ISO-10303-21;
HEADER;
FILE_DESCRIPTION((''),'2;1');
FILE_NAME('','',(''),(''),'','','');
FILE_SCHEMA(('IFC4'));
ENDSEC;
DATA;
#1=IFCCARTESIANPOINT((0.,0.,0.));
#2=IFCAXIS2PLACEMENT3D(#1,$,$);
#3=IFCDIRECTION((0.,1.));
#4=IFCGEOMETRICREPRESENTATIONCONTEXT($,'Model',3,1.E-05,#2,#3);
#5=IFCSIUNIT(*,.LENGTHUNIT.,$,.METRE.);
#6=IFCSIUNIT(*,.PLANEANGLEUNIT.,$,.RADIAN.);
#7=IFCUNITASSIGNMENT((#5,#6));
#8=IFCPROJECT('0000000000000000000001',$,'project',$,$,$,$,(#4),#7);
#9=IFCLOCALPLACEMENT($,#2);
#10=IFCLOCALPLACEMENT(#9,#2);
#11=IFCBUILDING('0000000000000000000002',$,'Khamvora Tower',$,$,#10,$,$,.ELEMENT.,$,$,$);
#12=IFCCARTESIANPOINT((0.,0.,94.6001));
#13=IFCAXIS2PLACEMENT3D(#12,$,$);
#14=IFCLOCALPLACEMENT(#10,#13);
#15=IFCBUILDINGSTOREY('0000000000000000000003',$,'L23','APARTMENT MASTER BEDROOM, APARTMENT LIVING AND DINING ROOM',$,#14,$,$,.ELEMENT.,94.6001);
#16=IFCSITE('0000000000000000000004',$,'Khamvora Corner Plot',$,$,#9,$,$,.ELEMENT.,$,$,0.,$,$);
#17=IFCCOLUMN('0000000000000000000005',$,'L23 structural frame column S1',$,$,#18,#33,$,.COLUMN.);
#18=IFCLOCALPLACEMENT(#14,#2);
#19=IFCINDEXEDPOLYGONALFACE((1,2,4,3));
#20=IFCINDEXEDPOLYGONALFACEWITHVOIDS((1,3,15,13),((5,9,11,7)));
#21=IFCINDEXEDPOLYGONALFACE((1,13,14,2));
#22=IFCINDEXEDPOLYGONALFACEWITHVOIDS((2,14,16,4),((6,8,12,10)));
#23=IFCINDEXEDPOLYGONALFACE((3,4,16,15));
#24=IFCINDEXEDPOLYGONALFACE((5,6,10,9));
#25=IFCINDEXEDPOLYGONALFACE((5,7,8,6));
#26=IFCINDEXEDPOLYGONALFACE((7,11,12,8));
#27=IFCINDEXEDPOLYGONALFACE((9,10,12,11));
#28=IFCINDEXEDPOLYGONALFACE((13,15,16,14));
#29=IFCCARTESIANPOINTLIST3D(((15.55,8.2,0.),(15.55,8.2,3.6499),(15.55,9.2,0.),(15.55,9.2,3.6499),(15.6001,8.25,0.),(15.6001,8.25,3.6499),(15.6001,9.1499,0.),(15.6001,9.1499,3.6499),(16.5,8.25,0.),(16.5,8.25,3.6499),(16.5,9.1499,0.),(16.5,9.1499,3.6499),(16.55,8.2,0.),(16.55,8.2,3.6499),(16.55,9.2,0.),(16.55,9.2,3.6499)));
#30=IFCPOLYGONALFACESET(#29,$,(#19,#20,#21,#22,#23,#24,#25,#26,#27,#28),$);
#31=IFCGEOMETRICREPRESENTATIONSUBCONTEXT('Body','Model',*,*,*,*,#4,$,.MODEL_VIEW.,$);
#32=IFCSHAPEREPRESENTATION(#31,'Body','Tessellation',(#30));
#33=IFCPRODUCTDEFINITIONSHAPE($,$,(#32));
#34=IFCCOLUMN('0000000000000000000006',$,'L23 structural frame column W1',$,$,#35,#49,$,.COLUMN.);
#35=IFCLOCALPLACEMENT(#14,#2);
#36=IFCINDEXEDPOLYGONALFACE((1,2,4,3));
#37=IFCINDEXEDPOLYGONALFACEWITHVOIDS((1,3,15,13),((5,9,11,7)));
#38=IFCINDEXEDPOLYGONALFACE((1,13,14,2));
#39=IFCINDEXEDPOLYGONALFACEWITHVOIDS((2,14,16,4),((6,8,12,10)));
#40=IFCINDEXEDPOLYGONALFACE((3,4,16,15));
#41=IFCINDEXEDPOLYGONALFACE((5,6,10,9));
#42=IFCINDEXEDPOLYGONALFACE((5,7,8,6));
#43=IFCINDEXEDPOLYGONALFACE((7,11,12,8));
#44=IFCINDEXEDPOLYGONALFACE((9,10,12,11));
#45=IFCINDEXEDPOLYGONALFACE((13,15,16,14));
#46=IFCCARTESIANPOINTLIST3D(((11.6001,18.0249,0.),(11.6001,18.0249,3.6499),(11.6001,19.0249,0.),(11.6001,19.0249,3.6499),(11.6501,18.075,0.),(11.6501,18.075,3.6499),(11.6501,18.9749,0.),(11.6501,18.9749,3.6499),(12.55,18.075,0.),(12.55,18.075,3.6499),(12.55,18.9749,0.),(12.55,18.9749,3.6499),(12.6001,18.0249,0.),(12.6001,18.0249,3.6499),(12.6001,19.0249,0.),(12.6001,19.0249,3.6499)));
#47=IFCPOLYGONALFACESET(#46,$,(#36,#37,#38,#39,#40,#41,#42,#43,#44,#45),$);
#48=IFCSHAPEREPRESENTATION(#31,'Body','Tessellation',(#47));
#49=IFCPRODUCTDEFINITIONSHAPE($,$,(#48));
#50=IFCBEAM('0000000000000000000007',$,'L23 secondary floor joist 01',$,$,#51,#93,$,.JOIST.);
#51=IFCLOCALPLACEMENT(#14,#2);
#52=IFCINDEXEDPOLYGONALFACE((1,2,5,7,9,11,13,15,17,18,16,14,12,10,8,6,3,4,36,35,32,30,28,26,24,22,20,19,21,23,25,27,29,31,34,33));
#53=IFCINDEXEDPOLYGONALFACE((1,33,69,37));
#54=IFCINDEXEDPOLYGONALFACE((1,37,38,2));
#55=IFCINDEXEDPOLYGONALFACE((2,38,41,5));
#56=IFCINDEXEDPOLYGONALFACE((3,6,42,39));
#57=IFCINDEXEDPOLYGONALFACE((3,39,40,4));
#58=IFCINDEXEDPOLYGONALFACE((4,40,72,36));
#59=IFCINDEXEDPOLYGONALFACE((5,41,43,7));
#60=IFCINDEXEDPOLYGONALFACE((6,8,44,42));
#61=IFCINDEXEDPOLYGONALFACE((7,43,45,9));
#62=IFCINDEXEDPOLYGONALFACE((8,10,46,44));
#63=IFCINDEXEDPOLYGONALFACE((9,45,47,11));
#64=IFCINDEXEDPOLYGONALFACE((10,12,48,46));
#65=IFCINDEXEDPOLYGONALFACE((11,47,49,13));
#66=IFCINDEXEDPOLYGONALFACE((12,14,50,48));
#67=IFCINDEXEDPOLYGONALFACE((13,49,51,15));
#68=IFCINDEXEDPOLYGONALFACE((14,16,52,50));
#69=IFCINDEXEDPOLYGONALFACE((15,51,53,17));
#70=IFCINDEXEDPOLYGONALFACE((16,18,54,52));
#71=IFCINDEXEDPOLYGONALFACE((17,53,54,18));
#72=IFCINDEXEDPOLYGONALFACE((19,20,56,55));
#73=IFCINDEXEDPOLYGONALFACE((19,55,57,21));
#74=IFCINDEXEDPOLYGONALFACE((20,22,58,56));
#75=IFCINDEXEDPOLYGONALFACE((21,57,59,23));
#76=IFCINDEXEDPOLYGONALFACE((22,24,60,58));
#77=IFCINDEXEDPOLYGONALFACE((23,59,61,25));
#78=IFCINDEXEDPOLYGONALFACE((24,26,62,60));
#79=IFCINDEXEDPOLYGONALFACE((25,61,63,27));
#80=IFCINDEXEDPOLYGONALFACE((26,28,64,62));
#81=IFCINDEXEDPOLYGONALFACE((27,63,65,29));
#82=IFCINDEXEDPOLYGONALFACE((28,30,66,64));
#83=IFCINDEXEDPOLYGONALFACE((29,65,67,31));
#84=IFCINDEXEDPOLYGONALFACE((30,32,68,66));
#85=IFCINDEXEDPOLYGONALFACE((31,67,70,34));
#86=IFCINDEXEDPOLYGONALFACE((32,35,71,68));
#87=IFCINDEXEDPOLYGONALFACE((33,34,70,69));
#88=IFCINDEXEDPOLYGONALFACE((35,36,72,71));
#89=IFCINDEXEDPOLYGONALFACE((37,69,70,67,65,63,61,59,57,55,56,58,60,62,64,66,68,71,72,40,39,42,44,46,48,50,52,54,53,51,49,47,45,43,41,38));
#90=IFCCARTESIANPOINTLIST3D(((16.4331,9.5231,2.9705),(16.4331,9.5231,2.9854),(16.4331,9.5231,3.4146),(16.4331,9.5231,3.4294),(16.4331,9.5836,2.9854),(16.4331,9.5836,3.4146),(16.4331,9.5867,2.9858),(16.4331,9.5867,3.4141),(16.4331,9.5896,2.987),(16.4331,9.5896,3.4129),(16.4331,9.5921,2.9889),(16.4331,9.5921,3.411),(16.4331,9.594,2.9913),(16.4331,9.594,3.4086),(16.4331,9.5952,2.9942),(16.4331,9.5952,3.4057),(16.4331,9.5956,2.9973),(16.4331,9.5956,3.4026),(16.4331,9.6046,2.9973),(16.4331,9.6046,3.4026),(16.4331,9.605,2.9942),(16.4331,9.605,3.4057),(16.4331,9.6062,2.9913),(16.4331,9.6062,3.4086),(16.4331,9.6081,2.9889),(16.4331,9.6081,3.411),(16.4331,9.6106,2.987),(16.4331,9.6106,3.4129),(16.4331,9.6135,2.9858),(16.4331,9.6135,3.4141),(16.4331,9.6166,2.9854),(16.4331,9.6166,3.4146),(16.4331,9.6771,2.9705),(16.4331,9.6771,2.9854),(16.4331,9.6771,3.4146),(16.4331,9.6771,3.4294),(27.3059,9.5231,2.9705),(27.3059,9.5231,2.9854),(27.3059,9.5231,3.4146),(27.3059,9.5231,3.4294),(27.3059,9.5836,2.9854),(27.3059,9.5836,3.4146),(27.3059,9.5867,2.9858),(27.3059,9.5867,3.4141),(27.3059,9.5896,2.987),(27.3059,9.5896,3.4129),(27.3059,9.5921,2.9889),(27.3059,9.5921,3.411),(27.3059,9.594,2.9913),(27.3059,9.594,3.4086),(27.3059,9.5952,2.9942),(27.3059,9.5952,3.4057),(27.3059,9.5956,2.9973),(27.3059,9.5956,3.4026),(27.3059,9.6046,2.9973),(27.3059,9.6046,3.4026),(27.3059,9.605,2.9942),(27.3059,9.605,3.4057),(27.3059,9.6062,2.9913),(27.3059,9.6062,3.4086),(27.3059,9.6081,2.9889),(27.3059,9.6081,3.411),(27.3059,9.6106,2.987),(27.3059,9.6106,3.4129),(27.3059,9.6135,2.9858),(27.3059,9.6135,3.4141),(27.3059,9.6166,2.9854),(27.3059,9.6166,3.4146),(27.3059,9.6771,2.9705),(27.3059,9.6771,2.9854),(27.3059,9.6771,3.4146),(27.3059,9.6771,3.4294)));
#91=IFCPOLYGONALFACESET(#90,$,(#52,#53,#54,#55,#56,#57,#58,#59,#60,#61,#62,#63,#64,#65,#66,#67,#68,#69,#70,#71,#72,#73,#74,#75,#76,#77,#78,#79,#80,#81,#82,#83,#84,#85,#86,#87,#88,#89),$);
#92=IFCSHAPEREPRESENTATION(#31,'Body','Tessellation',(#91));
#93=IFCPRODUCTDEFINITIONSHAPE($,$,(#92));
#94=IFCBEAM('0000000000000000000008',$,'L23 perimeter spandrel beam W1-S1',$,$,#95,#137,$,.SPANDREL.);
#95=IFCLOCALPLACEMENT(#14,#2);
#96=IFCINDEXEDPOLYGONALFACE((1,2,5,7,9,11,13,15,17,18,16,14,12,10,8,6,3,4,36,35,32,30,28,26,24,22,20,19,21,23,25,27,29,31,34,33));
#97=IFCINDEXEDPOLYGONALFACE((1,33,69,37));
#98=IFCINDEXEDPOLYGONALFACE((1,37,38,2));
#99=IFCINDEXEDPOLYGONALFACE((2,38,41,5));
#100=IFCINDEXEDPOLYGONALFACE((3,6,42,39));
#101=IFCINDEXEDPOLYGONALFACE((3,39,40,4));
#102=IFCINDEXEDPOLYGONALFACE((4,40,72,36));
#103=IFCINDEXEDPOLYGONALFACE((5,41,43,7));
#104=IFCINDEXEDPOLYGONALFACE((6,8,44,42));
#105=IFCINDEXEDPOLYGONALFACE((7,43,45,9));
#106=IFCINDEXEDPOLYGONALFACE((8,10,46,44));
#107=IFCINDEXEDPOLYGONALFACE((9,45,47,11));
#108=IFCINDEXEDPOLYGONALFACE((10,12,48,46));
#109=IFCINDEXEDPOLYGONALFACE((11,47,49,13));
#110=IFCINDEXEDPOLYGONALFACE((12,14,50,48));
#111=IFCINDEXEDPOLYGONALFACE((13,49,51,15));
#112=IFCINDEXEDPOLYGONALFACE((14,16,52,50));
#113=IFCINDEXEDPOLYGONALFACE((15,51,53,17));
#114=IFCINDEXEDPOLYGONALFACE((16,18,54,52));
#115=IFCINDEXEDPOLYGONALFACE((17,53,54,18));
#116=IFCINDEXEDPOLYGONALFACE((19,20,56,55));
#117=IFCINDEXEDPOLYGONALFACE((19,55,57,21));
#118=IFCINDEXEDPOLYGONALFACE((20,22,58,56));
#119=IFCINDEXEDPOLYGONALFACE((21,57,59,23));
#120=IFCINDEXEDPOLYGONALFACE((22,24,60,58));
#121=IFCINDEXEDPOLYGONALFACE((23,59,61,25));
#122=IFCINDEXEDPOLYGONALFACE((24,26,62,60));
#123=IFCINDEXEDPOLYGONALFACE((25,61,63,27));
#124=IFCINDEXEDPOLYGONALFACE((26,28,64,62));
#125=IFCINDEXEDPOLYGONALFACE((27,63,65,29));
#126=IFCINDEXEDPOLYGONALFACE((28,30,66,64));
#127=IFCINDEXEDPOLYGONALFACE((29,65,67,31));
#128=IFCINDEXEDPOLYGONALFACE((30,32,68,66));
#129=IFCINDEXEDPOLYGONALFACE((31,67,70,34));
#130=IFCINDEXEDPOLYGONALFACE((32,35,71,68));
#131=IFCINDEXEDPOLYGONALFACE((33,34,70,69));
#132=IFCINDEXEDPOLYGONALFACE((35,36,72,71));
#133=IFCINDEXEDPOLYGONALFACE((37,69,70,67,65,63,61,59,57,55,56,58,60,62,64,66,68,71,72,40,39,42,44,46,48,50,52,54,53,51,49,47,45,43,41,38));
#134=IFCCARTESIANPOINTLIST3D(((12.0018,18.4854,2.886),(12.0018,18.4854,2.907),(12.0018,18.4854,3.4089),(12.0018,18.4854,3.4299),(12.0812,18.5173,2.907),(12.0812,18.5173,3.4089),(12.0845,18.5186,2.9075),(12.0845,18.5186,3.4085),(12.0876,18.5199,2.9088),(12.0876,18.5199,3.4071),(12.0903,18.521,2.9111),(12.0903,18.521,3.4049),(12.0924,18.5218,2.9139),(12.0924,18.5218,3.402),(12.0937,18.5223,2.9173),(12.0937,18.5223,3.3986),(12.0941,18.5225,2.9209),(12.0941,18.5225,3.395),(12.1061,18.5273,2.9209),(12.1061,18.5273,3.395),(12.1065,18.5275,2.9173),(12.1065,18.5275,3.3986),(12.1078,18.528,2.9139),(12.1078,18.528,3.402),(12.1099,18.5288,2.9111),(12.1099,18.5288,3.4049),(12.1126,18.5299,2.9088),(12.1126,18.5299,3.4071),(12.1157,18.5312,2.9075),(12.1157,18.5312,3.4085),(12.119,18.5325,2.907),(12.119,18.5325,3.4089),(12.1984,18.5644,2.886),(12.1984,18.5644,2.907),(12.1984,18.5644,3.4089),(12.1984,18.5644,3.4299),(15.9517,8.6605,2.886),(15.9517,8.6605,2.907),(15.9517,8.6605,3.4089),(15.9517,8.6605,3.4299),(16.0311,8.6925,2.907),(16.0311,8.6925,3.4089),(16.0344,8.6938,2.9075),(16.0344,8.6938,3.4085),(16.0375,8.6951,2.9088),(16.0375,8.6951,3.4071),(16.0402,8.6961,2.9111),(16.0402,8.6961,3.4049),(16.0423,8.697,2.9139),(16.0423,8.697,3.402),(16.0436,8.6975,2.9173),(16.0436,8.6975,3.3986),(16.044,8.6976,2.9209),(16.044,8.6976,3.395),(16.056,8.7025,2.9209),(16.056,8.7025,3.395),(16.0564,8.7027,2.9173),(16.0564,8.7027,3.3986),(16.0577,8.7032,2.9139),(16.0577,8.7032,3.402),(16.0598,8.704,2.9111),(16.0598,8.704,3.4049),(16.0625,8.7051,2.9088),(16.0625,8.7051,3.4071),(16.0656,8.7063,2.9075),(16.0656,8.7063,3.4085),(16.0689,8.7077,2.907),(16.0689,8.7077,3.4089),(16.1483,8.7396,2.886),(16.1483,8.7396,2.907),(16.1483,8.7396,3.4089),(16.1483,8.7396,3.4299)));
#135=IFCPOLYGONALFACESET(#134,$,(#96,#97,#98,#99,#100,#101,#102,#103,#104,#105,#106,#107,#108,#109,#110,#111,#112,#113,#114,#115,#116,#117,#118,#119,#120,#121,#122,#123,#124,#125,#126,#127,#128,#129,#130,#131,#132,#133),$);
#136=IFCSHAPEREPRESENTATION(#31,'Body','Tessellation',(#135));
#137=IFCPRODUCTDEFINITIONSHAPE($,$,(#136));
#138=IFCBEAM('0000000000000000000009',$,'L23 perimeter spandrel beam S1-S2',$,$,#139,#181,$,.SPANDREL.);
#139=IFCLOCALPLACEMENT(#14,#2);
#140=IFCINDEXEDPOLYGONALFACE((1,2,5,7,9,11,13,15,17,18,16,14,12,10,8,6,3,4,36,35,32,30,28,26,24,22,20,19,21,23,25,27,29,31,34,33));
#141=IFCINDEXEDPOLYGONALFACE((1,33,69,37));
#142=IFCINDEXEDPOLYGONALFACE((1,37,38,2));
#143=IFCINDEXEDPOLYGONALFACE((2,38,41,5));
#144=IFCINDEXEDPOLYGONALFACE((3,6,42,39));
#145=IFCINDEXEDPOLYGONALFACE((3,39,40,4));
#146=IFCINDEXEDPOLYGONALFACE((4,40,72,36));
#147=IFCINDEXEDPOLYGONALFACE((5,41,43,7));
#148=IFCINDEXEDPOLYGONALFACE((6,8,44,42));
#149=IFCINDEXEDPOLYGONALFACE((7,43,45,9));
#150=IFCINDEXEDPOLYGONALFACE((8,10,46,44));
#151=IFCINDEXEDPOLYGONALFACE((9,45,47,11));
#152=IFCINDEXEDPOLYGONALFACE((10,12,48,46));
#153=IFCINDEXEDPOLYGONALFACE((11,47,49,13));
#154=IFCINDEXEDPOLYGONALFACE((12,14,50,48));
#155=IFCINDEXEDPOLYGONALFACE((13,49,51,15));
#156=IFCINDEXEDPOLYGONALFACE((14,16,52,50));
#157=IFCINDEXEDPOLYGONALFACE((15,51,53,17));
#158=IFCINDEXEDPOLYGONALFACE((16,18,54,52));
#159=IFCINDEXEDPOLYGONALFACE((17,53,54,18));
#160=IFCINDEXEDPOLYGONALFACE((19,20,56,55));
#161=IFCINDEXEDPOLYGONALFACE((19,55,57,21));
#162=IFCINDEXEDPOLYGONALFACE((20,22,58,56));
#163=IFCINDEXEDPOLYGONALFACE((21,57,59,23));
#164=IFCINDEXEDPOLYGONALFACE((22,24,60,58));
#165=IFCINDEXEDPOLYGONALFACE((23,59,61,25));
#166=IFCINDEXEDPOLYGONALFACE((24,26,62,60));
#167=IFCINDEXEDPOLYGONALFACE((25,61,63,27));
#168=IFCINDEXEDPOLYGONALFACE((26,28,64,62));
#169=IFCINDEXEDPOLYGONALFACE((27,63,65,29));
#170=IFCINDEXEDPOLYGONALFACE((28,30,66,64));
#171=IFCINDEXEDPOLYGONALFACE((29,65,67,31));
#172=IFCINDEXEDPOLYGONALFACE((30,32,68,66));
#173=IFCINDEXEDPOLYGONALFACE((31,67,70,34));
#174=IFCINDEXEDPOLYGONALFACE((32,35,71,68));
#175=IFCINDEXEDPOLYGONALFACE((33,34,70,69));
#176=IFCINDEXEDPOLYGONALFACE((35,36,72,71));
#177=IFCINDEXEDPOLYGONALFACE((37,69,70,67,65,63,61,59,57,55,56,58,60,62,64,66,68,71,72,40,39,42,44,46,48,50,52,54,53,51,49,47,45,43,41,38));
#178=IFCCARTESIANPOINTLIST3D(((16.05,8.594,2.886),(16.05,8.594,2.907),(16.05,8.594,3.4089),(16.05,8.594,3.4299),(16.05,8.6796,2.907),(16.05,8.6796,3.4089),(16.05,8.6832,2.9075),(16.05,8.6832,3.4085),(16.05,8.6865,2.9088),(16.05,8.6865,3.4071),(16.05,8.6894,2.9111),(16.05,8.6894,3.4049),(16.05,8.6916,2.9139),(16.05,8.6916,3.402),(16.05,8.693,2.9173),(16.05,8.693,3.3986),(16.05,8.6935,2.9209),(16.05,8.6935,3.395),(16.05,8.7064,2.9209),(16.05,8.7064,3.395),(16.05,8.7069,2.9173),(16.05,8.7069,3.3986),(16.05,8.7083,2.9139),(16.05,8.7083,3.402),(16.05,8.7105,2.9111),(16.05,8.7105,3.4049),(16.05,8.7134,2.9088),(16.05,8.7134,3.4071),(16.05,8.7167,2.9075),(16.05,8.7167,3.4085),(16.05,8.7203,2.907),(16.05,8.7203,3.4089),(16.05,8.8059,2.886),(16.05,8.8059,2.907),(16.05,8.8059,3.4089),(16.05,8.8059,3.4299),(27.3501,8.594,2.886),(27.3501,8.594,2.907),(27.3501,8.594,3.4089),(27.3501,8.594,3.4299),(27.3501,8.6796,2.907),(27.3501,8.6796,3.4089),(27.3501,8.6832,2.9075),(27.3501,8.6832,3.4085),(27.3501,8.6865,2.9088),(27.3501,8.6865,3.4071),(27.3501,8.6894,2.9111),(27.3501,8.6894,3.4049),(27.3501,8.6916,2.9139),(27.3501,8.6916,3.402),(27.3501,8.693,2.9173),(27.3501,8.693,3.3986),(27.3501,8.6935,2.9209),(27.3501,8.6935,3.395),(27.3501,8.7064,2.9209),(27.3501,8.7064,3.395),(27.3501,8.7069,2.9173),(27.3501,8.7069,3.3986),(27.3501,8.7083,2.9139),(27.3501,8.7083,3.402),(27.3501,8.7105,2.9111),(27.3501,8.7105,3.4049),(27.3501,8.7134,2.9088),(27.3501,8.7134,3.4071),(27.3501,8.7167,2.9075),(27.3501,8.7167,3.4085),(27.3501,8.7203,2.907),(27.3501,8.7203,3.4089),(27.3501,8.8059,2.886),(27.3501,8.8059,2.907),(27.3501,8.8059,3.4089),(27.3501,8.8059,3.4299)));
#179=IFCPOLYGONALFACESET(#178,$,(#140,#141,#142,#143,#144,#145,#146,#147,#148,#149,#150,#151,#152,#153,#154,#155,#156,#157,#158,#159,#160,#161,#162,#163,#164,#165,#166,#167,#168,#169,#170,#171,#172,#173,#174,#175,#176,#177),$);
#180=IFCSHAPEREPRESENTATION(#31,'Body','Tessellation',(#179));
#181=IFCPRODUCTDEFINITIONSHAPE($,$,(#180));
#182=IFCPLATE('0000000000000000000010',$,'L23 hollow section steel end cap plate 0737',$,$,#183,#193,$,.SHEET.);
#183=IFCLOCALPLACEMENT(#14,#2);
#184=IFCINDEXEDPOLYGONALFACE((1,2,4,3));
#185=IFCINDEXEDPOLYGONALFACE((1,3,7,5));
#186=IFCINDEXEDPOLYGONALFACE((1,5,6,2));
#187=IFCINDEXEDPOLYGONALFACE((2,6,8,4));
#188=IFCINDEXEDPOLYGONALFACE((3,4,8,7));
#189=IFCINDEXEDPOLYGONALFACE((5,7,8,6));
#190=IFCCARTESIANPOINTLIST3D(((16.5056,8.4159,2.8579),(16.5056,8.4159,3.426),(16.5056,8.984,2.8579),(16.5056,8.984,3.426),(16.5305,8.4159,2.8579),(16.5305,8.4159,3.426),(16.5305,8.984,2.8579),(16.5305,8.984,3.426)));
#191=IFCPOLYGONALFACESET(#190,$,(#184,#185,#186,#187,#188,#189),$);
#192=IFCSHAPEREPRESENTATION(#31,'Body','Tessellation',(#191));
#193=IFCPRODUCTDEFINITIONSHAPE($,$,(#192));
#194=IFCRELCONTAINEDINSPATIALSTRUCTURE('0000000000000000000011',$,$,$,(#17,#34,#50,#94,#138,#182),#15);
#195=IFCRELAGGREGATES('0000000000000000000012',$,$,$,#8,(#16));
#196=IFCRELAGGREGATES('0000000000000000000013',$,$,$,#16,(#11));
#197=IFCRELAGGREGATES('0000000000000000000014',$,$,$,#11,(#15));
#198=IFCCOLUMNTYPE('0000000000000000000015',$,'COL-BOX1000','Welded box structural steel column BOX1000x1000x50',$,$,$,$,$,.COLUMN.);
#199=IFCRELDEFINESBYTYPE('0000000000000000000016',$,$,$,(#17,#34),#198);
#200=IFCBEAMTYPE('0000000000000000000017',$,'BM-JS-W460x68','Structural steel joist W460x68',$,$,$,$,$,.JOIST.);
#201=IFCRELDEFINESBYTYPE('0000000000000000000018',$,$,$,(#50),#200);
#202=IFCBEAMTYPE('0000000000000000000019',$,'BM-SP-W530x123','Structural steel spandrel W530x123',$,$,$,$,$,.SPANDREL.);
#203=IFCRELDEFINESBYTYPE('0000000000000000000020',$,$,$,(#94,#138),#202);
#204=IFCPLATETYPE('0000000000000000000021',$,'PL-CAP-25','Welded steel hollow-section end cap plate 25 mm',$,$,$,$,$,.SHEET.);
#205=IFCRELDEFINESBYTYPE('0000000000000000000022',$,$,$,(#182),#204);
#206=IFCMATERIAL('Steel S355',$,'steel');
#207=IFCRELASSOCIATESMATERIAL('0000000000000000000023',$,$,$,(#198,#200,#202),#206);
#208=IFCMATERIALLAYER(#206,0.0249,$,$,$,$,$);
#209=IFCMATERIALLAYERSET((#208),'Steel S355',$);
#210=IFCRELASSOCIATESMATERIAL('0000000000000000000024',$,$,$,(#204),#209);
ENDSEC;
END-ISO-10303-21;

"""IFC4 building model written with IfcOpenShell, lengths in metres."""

from ifc_helpers import new_model, si_unit, direction, frame, origin, origin_2d, place, context, subcontext, project, spatial, rectangle, hollow_rectangle, i_section, extrude, material, layer, layer_set, material_profile, profile_set, type_object, element, save


model = new_model("IFC4")

# Units and contexts
model_context = context("Model", 3, precision=1e-05, world=origin(), true_north=direction((0.0, 1.0)))
body_context = subcontext(model_context, "Body", "Model", "MODEL_VIEW")
ifc_project = project(units=[si_unit("LENGTHUNIT", "METRE"), si_unit("PLANEANGLEUNIT", "RADIAN")], contexts=[model_context])

# Site, building, storey
site_placement = place(None, origin())
site = spatial("IfcSite", under=ifc_project, at=site_placement, Name="Khamvora Corner Plot", CompositionType="ELEMENT", RefElevation=0.0)
building_placement = place(site_placement, origin())
building = spatial("IfcBuilding", under=site, at=building_placement, Name="Khamvora Tower", CompositionType="ELEMENT")
storey_placement = place(building_placement, frame((0.0, 0.0, 94.6001)))
storey = spatial("IfcBuildingStorey", under=building, at=storey_placement, Name="L23", Description="APARTMENT MASTER BEDROOM, APARTMENT LIVING AND DINING ROOM", CompositionType="ELEMENT", Elevation=94.6001)

# Columns
ifc_material_1 = material(Name="Steel S355", Category="steel")
ifc_material_profile_1 = material_profile(ifc_material_1, hollow_rectangle(XDim=1.0, YDim=1.0, WallThickness=0.05, at=origin_2d()), Name="BOX1000x1000x50")
ifc_profile_set_1 = profile_set([ifc_material_profile_1], Name="Steel S355")
column_type = type_object("IfcColumnType", Name="COL-BOX1000", Description="Welded box structural steel column BOX1000x1000x50", PredefinedType="COLUMN", material=ifc_profile_set_1)
for number, where, z_axis, x_axis, name in (
    (1, (16.05, 8.7, 0.0), (0.0, 0.0, 1.0), (1.0, 0.0, 0.0), "L23 structural frame column S1"),
    (2, (12.1001, 18.5249, 0.0), (0.0, 0.0, 1.0), (1.0, 0.0, 0.0), "L23 structural frame column W1"),
):
    element("IfcColumn", number, at=place(storey_placement, frame(where, z_axis=z_axis, x_axis=x_axis)), inside=storey, type_object=column_type, Name=name, PredefinedType="COLUMN", context=body_context, shape_type="SweptSolid", body=[
        extrude(hollow_rectangle(XDim=1.0, YDim=1.0, WallThickness=0.05, at=origin_2d()), origin(), (0.0, 0.0, 1.0), 3.6499),
    ])

# Beams
ifc_material_profile_2 = material_profile(ifc_material_1, i_section(OverallWidth=0.1541, OverallDepth=0.459, WebThickness=0.009, FlangeThickness=0.0149, FilletRadius=0.012, at=origin_2d()), Name="W460x68")
ifc_profile_set_2 = profile_set([ifc_material_profile_2], Name="Steel S355")
beam_type_1 = type_object("IfcBeamType", Name="BM-JS-W460x68", Description="Structural steel joist W460x68", PredefinedType="JOIST", material=ifc_profile_set_2)
beam_1_placement = place(storey_placement, frame((16.4331, 9.6001, 3.2), z_axis=(1.0, 0.0, 0.0), x_axis=(0.0, 1.0, 0.0)))
element("IfcBeam", 3, at=beam_1_placement, inside=storey, type_object=beam_type_1, Name="L23 secondary floor joist 01", PredefinedType="JOIST", context=body_context, shape_type="SweptSolid", body=[
    extrude(i_section(OverallWidth=0.1541, OverallDepth=0.459, WebThickness=0.009, FlangeThickness=0.0149, FilletRadius=0.012, at=origin_2d()), origin(), (0.0, 0.0, 1.0), 10.8728),
])
ifc_material_profile_3 = material_profile(ifc_material_1, i_section(OverallWidth=0.2119, OverallDepth=0.5439, WebThickness=0.0129, FlangeThickness=0.021, FilletRadius=0.0139, at=origin_2d()), Name="W530x123")
ifc_profile_set_3 = profile_set([ifc_material_profile_3], Name="Steel S355")
beam_type_2 = type_object("IfcBeamType", Name="BM-SP-W530x123", Description="Structural steel spandrel W530x123", PredefinedType="SPANDREL", material=ifc_profile_set_3)
beam_2_placement = place(storey_placement, frame((12.1001, 18.5249, 3.158), z_axis=(0.373016, -0.927825, 0.0), x_axis=(0.927825, 0.373016, 0.0)))
element("IfcBeam", 4, at=beam_2_placement, inside=storey, type_object=beam_type_2, Name="L23 perimeter spandrel beam W1-S1", PredefinedType="SPANDREL", context=body_context, shape_type="SweptSolid", body=[
    extrude(i_section(OverallWidth=0.2119, OverallDepth=0.5439, WebThickness=0.0129, FlangeThickness=0.021, FilletRadius=0.0139, at=origin_2d()), origin(), (0.0, 0.0, 1.0), 10.5891),
])
beam_3_placement = place(storey_placement, frame((16.05, 8.7, 3.158), z_axis=(1.0, 0.0, 0.0), x_axis=(0.0, 1.0, 0.0)))
element("IfcBeam", 5, at=beam_3_placement, inside=storey, type_object=beam_type_2, Name="L23 perimeter spandrel beam S1-S2", PredefinedType="SPANDREL", context=body_context, shape_type="SweptSolid", body=[
    extrude(i_section(OverallWidth=0.2119, OverallDepth=0.5439, WebThickness=0.0129, FlangeThickness=0.021, FilletRadius=0.0139, at=origin_2d()), origin(), (0.0, 0.0, 1.0), 11.3),
])

# Plate
ifc_layer_1 = layer(ifc_material_1, 0.0249)
ifc_layer_set_1 = layer_set([ifc_layer_1], Name="Steel S355")
plate_type_1 = type_object("IfcPlateType", Name="PL-CAP-25", Description="Welded steel hollow-section end cap plate 25 mm", PredefinedType="SHEET", material=ifc_layer_set_1)
plate_1_placement = place(storey_placement, frame((16.5181, 8.7, 2.8579), z_axis=(0.0, 0.0, 1.0), x_axis=(-1.0, 0.0, 0.0)))
element("IfcPlate", 6, at=plate_1_placement, inside=storey, type_object=plate_type_1, Name="L23 hollow section steel end cap plate 0737", PredefinedType="SHEET", context=body_context, shape_type="SweptSolid", body=[
    extrude(rectangle(XDim=0.0249, YDim=0.5681, at=origin_2d()), origin(), (0.0, 0.0, 1.0), 0.5681),
])

save(model, "model.ifc")
